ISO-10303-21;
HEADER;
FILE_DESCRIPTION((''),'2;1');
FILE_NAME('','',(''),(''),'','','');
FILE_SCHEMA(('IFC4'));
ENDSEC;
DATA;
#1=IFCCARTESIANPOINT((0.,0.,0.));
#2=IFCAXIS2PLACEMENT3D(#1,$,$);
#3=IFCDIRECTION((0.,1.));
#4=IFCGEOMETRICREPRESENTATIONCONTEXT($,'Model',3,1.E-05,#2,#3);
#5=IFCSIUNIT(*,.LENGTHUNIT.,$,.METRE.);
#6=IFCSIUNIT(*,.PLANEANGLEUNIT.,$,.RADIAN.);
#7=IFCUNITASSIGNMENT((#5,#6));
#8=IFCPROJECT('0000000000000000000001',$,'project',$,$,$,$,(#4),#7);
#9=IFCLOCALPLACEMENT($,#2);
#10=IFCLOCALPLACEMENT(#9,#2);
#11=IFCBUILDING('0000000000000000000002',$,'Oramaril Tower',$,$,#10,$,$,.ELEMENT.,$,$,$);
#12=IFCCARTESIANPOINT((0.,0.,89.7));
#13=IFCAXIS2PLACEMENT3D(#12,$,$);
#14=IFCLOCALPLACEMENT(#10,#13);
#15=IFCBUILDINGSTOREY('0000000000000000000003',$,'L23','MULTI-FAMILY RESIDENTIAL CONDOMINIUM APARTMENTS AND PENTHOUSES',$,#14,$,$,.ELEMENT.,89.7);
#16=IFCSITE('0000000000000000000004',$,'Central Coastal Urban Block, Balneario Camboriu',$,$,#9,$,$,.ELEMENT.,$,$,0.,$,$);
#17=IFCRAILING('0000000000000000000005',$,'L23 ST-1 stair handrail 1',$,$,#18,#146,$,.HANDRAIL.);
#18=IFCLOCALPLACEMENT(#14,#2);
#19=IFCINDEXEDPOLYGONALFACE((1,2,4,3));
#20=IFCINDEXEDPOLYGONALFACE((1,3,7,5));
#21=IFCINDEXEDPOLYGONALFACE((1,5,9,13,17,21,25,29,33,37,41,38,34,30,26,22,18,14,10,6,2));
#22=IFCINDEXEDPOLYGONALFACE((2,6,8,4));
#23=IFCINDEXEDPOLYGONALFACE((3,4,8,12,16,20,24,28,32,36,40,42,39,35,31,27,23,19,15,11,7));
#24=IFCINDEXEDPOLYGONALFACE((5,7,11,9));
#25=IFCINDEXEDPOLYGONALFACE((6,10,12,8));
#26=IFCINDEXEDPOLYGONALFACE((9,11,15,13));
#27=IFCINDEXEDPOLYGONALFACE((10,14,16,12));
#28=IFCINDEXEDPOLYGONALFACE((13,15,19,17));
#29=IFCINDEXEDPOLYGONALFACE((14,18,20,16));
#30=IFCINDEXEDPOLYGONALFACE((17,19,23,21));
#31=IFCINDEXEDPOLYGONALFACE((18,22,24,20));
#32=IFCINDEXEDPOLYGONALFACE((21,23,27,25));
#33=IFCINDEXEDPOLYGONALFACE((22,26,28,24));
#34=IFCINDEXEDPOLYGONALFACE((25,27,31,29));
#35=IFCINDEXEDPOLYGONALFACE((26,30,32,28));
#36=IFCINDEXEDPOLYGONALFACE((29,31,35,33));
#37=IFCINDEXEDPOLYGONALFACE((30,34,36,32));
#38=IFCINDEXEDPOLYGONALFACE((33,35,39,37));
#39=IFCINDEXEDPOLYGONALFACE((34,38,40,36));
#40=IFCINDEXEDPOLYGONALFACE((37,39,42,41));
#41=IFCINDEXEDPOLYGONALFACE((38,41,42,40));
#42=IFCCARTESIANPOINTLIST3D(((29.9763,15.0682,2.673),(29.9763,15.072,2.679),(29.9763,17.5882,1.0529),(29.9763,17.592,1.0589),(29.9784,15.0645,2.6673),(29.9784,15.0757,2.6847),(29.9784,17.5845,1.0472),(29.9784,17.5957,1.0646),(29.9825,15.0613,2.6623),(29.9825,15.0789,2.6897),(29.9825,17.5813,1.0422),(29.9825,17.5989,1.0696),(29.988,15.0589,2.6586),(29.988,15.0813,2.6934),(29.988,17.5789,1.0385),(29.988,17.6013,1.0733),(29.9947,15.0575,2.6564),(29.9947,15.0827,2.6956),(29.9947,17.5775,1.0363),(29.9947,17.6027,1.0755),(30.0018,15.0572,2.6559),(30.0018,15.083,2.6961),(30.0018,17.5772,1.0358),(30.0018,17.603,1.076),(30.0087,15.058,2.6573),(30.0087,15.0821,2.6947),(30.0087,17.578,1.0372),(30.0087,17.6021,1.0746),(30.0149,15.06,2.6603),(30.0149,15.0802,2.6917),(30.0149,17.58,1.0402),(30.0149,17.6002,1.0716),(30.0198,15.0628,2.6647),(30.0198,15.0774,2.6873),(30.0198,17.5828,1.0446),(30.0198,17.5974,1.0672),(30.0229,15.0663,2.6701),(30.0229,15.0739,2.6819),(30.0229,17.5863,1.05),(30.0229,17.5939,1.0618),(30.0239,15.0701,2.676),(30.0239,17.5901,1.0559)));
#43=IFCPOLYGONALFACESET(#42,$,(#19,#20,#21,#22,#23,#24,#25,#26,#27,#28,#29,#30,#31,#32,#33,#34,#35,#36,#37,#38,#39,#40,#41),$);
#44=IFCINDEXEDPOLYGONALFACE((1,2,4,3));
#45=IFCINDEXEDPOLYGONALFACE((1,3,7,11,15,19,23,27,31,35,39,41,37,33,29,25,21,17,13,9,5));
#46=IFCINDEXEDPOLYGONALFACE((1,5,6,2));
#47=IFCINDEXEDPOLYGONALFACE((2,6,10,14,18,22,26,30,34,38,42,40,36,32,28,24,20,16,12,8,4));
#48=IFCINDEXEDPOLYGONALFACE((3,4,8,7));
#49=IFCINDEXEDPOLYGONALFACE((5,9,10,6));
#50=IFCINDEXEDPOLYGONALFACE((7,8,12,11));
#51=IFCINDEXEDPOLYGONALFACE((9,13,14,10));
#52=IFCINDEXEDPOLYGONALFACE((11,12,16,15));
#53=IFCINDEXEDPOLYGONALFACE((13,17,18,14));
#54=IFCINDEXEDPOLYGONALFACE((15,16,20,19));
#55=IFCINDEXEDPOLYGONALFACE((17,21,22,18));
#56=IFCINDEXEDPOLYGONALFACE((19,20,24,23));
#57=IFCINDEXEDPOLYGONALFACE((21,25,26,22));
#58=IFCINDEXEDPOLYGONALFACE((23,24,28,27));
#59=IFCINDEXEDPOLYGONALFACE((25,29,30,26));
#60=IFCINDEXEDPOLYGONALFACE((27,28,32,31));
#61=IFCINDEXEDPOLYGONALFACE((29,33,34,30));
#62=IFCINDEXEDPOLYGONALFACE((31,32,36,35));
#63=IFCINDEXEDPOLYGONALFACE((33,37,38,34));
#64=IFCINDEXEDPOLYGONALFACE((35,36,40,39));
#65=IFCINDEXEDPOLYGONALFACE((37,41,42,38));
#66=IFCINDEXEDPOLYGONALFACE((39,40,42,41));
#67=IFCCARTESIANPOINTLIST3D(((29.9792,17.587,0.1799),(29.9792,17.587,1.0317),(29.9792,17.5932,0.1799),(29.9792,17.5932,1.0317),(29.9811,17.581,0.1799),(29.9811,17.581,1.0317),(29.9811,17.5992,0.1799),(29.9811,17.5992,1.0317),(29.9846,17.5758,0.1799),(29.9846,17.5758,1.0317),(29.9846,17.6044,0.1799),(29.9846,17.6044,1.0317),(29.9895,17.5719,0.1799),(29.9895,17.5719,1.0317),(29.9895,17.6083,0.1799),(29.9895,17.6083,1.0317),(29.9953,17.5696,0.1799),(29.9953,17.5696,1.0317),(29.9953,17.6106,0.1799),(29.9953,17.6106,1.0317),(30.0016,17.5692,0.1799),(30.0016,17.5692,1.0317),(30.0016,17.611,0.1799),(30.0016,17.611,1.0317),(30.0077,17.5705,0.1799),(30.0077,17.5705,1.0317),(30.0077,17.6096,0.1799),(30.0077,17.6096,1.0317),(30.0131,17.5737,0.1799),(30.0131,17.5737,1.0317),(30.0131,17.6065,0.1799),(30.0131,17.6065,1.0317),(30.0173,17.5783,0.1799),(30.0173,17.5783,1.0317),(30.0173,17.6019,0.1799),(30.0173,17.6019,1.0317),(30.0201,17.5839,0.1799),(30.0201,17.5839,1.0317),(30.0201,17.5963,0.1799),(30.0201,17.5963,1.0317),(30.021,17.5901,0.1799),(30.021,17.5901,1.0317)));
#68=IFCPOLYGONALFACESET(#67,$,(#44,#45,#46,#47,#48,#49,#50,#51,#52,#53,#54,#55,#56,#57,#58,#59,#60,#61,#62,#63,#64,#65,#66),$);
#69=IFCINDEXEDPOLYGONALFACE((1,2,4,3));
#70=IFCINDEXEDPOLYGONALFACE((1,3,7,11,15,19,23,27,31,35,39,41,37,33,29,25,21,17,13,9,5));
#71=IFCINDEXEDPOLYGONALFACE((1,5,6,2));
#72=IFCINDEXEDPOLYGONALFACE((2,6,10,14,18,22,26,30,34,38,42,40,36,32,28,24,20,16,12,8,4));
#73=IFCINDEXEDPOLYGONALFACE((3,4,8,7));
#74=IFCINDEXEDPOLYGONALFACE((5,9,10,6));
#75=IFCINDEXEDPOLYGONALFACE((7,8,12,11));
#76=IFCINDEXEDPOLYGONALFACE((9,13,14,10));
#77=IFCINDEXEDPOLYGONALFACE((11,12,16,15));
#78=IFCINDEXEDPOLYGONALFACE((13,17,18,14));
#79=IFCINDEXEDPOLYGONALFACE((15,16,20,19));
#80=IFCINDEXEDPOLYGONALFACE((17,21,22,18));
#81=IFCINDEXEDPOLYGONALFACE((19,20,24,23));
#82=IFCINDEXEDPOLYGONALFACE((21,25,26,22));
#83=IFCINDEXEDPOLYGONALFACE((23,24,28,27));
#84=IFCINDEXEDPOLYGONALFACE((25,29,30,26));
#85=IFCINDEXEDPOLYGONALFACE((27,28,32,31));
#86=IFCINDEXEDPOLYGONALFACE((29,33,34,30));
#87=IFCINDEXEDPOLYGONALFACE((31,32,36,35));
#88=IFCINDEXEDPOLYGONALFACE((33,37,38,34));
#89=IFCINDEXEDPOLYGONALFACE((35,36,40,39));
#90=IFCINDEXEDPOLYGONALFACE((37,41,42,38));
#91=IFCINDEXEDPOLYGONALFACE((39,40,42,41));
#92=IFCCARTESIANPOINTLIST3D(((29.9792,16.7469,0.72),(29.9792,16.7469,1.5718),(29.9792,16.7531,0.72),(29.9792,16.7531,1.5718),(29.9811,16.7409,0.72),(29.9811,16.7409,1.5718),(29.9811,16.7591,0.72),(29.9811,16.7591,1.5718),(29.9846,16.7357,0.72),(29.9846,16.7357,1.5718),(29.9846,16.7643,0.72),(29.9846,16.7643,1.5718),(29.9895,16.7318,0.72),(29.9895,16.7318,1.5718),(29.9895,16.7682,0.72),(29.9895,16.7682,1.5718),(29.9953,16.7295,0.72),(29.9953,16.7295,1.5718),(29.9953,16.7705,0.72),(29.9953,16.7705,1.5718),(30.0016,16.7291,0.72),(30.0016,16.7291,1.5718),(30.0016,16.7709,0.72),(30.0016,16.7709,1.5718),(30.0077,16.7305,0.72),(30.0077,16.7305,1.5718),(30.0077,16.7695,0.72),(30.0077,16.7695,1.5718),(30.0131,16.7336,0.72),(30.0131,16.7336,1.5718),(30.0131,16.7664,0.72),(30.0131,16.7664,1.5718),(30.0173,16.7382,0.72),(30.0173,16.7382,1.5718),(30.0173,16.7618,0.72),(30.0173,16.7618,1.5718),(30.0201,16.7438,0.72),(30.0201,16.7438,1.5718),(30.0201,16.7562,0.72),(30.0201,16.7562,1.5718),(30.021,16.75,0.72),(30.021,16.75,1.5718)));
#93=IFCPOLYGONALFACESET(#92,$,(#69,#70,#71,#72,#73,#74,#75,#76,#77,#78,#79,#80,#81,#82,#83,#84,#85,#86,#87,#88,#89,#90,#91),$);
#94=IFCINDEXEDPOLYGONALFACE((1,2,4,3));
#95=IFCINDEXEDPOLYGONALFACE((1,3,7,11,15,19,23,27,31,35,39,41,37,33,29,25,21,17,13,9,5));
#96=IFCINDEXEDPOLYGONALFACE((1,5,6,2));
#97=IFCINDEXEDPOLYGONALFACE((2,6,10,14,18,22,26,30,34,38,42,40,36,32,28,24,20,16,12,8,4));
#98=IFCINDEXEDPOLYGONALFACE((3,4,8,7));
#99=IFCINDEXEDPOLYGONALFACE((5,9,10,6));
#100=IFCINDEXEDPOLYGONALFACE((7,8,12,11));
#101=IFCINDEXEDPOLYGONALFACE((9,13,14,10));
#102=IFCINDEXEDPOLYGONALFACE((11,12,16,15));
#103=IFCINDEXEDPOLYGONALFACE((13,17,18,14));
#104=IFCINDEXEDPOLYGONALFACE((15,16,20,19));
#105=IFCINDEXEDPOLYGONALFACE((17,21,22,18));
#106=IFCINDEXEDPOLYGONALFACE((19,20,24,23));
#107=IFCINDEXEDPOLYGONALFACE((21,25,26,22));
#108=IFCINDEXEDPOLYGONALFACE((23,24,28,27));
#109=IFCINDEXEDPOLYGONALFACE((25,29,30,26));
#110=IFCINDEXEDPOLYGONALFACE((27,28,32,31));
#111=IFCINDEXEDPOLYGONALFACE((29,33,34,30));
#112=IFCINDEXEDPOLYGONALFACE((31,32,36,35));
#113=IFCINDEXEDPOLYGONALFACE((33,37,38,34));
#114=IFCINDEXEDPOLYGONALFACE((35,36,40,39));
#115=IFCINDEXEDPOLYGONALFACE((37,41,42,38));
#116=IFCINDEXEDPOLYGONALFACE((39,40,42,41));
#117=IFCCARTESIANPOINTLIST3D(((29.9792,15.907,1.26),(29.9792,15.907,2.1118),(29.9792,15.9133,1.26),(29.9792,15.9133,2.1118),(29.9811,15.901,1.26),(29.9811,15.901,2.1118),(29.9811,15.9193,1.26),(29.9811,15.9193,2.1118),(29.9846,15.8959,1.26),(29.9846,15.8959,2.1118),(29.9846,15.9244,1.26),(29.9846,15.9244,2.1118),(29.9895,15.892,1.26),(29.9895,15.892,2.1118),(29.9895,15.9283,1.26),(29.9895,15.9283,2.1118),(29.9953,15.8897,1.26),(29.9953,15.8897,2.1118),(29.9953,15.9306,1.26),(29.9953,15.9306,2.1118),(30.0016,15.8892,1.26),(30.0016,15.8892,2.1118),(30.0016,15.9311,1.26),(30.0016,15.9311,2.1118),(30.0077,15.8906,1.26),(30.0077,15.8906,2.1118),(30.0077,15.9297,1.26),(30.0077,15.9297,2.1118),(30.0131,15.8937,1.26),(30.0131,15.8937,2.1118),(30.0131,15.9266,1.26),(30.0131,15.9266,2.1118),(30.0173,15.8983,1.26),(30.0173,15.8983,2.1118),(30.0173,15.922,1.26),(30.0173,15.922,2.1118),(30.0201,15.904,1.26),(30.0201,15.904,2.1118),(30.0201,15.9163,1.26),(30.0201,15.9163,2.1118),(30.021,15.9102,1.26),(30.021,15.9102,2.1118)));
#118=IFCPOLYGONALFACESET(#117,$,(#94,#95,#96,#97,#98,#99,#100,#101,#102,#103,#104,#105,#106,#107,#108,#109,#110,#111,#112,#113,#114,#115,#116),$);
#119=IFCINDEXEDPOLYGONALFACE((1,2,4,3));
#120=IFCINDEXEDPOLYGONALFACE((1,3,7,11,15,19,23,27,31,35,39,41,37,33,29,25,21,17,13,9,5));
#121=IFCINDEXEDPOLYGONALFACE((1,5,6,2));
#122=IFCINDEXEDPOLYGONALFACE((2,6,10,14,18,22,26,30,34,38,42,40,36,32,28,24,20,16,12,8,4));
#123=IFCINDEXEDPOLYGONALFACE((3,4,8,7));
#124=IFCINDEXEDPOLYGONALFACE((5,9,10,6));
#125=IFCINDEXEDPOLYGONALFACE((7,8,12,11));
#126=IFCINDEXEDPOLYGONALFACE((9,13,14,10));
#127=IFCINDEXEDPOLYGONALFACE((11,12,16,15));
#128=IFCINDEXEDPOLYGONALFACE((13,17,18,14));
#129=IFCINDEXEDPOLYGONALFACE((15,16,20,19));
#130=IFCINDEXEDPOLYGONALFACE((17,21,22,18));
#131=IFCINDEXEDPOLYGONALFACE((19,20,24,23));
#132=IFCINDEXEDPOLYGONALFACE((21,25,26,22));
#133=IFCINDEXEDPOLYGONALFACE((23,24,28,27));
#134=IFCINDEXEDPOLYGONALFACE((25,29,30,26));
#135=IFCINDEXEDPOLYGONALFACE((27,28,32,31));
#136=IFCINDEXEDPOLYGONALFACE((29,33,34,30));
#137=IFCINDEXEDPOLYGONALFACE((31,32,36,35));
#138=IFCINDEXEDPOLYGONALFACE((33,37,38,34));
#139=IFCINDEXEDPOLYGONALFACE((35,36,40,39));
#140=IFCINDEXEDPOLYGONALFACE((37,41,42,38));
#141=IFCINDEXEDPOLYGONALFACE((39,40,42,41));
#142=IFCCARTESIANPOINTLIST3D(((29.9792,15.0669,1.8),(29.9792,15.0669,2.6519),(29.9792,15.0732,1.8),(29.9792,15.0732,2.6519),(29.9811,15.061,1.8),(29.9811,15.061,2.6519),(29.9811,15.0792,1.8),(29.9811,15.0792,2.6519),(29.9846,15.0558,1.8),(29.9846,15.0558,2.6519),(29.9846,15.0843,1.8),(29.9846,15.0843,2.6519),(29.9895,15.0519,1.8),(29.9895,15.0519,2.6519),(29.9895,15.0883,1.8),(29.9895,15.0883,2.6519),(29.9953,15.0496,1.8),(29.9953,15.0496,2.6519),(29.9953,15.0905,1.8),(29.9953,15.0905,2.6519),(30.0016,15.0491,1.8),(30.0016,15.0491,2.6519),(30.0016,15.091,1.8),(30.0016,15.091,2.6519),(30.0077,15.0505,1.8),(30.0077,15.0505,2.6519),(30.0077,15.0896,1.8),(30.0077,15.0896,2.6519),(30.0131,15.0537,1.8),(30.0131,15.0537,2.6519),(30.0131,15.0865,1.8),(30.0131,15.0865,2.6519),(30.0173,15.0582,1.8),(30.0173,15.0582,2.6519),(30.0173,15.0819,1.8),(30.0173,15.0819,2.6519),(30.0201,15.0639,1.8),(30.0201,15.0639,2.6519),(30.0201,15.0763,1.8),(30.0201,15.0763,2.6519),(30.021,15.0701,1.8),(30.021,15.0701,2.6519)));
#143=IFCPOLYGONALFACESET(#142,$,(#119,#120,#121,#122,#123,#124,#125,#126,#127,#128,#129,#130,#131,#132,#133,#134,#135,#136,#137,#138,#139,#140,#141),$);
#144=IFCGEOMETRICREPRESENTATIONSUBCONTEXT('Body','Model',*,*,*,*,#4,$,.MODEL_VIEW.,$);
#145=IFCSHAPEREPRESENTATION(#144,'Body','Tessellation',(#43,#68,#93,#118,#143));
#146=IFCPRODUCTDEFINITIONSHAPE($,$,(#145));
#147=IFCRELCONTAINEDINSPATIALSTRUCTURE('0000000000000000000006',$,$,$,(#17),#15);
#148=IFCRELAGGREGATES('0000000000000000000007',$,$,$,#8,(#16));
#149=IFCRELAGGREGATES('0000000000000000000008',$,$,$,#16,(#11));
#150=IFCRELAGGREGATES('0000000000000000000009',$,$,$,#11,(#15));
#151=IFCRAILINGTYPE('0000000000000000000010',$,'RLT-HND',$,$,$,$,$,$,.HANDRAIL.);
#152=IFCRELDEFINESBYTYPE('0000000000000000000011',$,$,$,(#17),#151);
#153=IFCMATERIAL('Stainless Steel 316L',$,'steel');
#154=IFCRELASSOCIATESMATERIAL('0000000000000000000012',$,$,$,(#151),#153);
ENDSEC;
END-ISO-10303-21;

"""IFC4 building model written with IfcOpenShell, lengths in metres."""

from ifc_helpers import new_model, si_unit, direction, frame, origin, origin_2d, place, context, subcontext, project, spatial, circle, extrude, material, type_object, element, save


model = new_model("IFC4")

# Units and contexts
model_context = context("Model", 3, precision=1e-05, world=origin(), true_north=direction((0.0, 1.0)))
body_context = subcontext(model_context, "Body", "Model", "MODEL_VIEW")
ifc_project = project(units=[si_unit("LENGTHUNIT", "METRE"), si_unit("PLANEANGLEUNIT", "RADIAN")], contexts=[model_context])

# Site, building, storey
site_placement = place(None, origin())
site = spatial("IfcSite", under=ifc_project, at=site_placement, Name="Central Coastal Urban Block, Balneario Camboriu", CompositionType="ELEMENT", RefElevation=0.0)
building_placement = place(site_placement, origin())
building = spatial("IfcBuilding", under=site, at=building_placement, Name="Oramaril Tower", CompositionType="ELEMENT")
storey_placement = place(building_placement, frame((0.0, 0.0, 89.7)))
storey = spatial("IfcBuildingStorey", under=building, at=storey_placement, Name="L23", Description="MULTI-FAMILY RESIDENTIAL CONDOMINIUM APARTMENTS AND PENTHOUSES", CompositionType="ELEMENT", Elevation=89.7)

# Railing
ifc_material_1 = material(Name="Stainless Steel 316L", Category="steel")
railing_type_1 = type_object("IfcRailingType", Name="RLT-HND", PredefinedType="HANDRAIL", material=ifc_material_1)
railing_1_placement = place(storey_placement, frame((30.0, 17.5901, 0.1799)))
element("IfcRailing", 1, at=railing_1_placement, inside=storey, type_object=railing_type_1, Name="L23 ST-1 stair handrail 1", PredefinedType="HANDRAIL", context=body_context, shape_type="SweptSolid", body=[
    extrude(circle(Radius=0.0239, at=origin_2d()), frame((0.0, 0.0, 0.876), z_axis=(0.0, -0.841163, 0.540782), x_axis=(1.0, 0.0, 0.0)), (0.0, 0.0, 1.0), 2.9958),
    extrude(circle(Radius=0.021, at=origin_2d()), origin(), (0.0, 0.0, 1.0), 0.8518),
    extrude(circle(Radius=0.021, at=origin_2d()), frame((0.0, -0.8401, 0.54)), (0.0, 0.0, 1.0), 0.8518),
    extrude(circle(Radius=0.021, at=origin_2d()), frame((0.0, -1.6799, 1.0801)), (0.0, 0.0, 1.0), 0.8518),
    extrude(circle(Radius=0.021, at=origin_2d()), frame((0.0, -2.52, 1.6201)), (0.0, 0.0, 1.0), 0.8518),
])

save(model, "model.ifc")
